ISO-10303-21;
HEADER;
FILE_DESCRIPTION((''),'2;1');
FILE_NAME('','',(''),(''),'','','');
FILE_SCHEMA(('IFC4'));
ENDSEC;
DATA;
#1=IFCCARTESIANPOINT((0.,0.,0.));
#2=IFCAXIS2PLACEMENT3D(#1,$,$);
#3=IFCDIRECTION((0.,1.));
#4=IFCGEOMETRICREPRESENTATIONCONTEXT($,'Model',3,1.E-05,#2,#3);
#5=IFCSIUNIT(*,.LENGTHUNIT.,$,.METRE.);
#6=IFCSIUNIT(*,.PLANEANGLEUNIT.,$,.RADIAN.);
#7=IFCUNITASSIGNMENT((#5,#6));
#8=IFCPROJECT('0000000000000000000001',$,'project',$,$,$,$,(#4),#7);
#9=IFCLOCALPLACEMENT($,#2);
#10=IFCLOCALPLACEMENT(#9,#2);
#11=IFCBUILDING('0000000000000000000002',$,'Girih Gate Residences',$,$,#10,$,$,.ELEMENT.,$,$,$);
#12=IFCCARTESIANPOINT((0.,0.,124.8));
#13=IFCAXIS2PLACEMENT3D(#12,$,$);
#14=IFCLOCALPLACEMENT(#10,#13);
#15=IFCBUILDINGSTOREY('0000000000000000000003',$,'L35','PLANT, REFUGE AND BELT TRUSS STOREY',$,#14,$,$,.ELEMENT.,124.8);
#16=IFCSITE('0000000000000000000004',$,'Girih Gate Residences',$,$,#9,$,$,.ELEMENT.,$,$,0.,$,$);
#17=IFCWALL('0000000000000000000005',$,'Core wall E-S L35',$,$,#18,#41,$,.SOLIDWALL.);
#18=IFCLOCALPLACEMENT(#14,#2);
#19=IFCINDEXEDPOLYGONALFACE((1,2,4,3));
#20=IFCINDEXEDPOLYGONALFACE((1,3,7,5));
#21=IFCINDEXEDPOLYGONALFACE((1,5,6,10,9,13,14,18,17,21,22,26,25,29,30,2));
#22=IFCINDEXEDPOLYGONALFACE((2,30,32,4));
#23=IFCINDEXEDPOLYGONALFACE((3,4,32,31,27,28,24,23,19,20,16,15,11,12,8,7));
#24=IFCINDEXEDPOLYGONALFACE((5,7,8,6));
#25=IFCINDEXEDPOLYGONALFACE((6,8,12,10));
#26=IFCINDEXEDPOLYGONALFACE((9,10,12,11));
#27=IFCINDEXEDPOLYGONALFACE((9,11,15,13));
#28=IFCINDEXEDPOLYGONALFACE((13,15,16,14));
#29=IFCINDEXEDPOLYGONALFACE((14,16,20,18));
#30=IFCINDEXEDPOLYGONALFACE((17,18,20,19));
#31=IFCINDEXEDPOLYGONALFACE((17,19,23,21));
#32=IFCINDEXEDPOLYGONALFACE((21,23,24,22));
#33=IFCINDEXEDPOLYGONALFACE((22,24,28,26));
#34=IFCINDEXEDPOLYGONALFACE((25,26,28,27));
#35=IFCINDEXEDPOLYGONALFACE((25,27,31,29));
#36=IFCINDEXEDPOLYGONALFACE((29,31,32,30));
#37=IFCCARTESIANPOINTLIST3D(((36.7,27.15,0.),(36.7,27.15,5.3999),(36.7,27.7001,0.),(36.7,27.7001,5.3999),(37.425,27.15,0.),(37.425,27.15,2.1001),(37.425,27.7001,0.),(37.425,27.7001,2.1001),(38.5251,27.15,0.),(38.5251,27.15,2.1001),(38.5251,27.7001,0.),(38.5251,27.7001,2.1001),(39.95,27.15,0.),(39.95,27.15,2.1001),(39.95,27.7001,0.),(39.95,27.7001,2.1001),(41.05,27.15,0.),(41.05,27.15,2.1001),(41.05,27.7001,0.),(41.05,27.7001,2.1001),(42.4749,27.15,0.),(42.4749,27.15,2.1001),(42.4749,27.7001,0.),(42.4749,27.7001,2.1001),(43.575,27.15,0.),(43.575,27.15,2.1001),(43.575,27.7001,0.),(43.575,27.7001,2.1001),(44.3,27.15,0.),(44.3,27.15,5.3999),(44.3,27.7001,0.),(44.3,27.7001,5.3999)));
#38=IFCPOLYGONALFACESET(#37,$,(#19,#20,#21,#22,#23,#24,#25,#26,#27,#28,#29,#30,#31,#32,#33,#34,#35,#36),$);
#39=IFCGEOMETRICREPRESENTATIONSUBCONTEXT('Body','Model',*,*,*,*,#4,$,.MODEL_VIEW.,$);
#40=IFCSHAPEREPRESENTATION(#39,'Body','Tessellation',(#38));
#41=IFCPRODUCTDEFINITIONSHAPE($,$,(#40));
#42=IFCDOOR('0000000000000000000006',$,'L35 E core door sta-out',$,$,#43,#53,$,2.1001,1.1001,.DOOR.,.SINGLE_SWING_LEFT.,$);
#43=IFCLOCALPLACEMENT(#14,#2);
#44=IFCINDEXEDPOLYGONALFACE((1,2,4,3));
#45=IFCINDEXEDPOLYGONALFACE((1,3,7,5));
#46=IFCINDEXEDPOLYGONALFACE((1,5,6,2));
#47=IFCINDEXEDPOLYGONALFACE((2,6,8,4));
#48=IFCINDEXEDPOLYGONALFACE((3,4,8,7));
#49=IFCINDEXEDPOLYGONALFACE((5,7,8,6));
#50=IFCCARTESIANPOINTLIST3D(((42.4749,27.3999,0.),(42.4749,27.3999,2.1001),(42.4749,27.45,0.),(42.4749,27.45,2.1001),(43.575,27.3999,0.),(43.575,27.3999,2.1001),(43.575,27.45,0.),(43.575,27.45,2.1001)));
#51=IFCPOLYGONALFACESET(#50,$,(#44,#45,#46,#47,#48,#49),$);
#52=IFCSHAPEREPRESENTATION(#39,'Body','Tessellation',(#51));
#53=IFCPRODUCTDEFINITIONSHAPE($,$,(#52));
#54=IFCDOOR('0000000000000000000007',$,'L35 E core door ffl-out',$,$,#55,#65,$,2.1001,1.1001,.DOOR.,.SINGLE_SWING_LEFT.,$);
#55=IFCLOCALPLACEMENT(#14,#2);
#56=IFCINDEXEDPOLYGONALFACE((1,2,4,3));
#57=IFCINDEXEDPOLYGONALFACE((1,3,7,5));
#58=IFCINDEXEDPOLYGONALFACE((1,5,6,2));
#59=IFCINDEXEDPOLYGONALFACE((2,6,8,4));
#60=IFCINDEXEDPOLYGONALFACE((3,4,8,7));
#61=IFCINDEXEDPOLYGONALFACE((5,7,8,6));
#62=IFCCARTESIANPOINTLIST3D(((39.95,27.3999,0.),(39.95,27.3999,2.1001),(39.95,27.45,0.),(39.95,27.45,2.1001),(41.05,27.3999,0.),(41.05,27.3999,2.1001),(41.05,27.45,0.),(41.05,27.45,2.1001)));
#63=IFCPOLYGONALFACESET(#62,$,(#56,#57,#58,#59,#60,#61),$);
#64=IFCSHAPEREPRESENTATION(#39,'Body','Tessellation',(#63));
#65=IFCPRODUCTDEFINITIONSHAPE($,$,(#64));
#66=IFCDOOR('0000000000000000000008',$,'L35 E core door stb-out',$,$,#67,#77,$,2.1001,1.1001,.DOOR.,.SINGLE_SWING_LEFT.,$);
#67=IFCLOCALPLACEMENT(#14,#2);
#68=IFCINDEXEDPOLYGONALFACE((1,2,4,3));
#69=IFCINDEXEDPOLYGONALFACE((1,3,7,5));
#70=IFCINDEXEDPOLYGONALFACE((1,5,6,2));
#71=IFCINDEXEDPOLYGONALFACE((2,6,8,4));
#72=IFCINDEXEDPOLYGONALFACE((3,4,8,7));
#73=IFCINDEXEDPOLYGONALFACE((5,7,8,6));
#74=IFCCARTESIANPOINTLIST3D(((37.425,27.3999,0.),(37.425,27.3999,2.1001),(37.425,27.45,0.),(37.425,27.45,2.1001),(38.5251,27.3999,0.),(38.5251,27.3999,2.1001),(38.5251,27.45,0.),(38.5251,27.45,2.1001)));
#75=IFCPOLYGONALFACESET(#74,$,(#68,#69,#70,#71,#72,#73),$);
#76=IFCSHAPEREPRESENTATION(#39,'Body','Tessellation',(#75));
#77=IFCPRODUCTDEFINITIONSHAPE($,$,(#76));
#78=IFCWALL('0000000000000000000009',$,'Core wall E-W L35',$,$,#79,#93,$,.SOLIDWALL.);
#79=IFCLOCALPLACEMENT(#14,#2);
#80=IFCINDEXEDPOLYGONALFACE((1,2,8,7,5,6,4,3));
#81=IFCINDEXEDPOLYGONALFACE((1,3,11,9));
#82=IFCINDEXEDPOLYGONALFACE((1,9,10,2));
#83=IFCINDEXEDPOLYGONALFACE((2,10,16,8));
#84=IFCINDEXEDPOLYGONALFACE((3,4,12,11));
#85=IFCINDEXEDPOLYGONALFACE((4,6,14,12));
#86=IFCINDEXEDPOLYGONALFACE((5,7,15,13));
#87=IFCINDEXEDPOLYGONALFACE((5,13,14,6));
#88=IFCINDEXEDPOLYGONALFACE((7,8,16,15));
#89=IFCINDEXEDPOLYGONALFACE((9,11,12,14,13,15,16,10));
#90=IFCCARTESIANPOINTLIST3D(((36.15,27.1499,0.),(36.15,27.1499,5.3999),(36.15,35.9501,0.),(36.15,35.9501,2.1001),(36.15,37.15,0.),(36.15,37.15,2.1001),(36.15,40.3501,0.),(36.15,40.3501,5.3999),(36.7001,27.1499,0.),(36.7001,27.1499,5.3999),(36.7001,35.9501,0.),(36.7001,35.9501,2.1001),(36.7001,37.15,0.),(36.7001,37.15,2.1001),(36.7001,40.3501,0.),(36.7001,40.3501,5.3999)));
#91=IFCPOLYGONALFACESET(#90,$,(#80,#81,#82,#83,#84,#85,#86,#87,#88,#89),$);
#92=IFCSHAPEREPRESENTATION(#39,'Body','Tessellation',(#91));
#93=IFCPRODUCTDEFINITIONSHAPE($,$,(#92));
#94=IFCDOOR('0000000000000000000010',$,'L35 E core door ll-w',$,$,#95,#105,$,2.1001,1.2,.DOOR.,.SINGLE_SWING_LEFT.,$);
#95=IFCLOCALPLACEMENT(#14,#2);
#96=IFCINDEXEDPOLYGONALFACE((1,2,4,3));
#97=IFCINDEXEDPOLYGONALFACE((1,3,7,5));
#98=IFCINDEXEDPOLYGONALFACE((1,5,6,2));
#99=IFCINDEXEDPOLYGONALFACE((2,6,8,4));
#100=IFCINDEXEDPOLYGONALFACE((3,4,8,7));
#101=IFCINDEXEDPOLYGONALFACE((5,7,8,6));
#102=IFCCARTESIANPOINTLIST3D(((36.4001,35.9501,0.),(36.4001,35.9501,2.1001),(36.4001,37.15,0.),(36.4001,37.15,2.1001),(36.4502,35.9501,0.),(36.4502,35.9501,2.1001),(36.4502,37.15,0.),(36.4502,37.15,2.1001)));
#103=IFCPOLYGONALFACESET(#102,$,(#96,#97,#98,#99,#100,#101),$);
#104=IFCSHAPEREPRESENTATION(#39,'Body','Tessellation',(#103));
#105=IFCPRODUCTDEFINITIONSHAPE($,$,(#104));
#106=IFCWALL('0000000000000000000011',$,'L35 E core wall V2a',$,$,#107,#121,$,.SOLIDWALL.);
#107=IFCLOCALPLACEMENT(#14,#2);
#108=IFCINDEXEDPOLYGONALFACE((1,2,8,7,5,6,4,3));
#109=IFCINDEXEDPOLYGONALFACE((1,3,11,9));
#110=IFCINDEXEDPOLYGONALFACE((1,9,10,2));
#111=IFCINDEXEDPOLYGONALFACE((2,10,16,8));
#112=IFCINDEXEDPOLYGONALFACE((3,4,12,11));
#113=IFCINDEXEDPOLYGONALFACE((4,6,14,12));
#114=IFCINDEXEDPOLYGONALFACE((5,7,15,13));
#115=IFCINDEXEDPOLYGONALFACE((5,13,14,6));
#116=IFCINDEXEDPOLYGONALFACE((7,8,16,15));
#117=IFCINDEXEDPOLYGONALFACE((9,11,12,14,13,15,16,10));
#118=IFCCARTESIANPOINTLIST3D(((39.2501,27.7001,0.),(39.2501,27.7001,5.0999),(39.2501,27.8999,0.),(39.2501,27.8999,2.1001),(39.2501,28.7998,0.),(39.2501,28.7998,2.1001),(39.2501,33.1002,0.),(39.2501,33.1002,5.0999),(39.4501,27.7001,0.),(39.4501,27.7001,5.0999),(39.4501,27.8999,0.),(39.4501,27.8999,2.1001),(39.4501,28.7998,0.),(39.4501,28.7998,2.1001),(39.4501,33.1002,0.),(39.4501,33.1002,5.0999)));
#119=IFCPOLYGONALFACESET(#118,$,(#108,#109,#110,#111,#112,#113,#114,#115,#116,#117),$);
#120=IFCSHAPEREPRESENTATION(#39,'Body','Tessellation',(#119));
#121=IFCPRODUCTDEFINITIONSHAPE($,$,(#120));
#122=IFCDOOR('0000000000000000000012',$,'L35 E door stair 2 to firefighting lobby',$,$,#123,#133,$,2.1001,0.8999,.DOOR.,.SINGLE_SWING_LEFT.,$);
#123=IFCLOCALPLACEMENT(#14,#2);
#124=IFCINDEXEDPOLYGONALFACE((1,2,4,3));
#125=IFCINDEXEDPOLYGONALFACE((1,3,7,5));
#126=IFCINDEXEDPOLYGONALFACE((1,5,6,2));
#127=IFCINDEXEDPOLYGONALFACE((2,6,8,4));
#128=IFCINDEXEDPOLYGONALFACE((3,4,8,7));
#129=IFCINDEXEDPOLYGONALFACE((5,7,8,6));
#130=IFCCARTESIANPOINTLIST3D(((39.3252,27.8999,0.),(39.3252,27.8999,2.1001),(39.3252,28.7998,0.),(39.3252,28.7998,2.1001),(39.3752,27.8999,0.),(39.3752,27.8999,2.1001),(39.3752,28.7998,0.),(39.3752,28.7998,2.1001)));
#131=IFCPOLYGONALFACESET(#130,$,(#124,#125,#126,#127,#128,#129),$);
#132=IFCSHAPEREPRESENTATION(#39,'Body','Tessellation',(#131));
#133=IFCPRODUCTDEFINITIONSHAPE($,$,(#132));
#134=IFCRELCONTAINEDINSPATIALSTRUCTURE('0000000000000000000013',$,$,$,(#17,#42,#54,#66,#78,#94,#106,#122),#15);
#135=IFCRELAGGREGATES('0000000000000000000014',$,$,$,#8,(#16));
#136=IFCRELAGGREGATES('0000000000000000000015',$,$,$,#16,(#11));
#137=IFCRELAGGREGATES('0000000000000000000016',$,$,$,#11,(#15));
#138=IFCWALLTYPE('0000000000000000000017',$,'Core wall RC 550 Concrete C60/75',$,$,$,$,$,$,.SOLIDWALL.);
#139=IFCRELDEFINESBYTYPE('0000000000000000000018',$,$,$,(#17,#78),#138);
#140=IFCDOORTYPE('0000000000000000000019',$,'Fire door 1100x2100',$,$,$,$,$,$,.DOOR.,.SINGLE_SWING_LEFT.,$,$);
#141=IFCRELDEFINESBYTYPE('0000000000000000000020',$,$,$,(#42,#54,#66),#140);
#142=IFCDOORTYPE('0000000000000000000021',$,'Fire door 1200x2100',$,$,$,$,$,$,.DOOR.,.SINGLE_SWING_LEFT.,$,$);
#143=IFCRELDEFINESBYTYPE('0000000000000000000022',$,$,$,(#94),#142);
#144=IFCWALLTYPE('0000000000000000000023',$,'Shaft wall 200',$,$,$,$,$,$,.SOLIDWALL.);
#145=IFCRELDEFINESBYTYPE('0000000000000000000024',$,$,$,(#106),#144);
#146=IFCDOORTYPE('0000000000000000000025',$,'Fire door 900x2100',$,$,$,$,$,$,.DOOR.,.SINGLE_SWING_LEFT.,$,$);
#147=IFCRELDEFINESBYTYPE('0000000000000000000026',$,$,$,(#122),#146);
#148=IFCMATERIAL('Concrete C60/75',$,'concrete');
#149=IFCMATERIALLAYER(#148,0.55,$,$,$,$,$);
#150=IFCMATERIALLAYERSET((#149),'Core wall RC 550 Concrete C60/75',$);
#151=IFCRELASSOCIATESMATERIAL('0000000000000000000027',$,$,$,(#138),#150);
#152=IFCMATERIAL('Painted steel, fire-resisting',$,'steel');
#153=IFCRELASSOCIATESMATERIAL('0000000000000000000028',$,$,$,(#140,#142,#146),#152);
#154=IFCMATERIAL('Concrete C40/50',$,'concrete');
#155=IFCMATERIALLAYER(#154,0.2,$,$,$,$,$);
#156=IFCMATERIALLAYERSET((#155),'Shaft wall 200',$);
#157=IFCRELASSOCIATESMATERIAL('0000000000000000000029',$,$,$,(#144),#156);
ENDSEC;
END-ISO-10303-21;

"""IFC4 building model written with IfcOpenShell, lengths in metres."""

from ifc_helpers import new_model, si_unit, direction, frame, frame_2d, origin, place, context, subcontext, project, spatial, rectangle, extrude, material, layer, layer_set, type_object, element, fill, save


model = new_model("IFC4")

# Units and contexts
model_context = context("Model", 3, precision=1e-05, world=origin(), true_north=direction((0.0, 1.0)))
body_context = subcontext(model_context, "Body", "Model", "MODEL_VIEW")
ifc_project = project(units=[si_unit("LENGTHUNIT", "METRE"), si_unit("PLANEANGLEUNIT", "RADIAN")], contexts=[model_context])

# Site, building, storey
site_placement = place(None, origin())
site = spatial("IfcSite", under=ifc_project, at=site_placement, Name="Girih Gate Residences", CompositionType="ELEMENT", RefElevation=0.0)
building_placement = place(site_placement, origin())
building = spatial("IfcBuilding", under=site, at=building_placement, Name="Girih Gate Residences", CompositionType="ELEMENT")
storey_placement = place(building_placement, frame((0.0, 0.0, 124.8)))
storey = spatial("IfcBuildingStorey", under=building, at=storey_placement, Name="L35", Description="PLANT, REFUGE AND BELT TRUSS STOREY", CompositionType="ELEMENT", Elevation=124.8)

# Shared definitions
ifc_material_1 = material(Name="Concrete C60/75", Category="concrete")

# Shared definitions
ifc_material_2 = material(Name="Painted steel, fire-resisting", Category="steel")

# Wall, openings, doors
ifc_layer_1 = layer(ifc_material_1, 0.55)
ifc_layer_set_1 = layer_set([ifc_layer_1], Name="Core wall RC 550 Concrete C60/75")
wall_type_1 = type_object("IfcWallType", Name="Core wall RC 550 Concrete C60/75", PredefinedType="SOLIDWALL", material=ifc_layer_set_1)
wall_1_placement = place(storey_placement, frame((36.7, 27.425, 0.0), z_axis=(0.0, 0.0, 1.0), x_axis=(1.0, 0.0, 0.0)))
wall_1 = element("IfcWall", 1, at=wall_1_placement, inside=storey, type_object=wall_type_1, Name="Core wall E-S L35", PredefinedType="SOLIDWALL", context=body_context, shape_type="SweptSolid", body=[
    extrude(rectangle(XDim=7.6001, YDim=0.55, at=frame_2d((3.8, 0.0))), origin(), (0.0, 0.0, 1.0), 5.3999),
])
opening_1_placement = place(wall_1_placement, frame((5.7749, 0.0, 0.0)))
opening_1 = element("IfcOpeningElement", 2, at=opening_1_placement, cuts=wall_1, PredefinedType="OPENING", context=body_context, shape_type="SweptSolid", body=[
    extrude(rectangle(XDim=1.1001, YDim=2.1001, at=frame_2d((0.55, 1.05))), frame((0.0, 0.2849, 0.0), z_axis=(0.0, -1.0, 0.0), x_axis=(1.0, 0.0, 0.0)), (0.0, 0.0, 1.0), 0.5701),
])
opening_2_placement = place(wall_1_placement, frame((3.25, 0.0, 0.0)))
opening_2 = element("IfcOpeningElement", 3, at=opening_2_placement, cuts=wall_1, PredefinedType="OPENING", context=body_context, shape_type="SweptSolid", body=[
    extrude(rectangle(XDim=1.1001, YDim=2.1001, at=frame_2d((0.55, 1.05))), frame((0.0, 0.2849, 0.0), z_axis=(0.0, -1.0, 0.0), x_axis=(1.0, 0.0, 0.0)), (0.0, 0.0, 1.0), 0.5701),
])
opening_3_placement = place(wall_1_placement, frame((0.7251, 0.0, 0.0)))
opening_3 = element("IfcOpeningElement", 4, at=opening_3_placement, cuts=wall_1, PredefinedType="OPENING", context=body_context, shape_type="SweptSolid", body=[
    extrude(rectangle(XDim=1.1001, YDim=2.1001, at=frame_2d((0.55, 1.05))), frame((0.0, 0.2849, 0.0), z_axis=(0.0, -1.0, 0.0), x_axis=(1.0, 0.0, 0.0)), (0.0, 0.0, 1.0), 0.5701),
])
door_type_1 = type_object("IfcDoorType", Name="Fire door 1100x2100", OperationType="SINGLE_SWING_LEFT", PredefinedType="DOOR", material=ifc_material_2)
door_1_placement = place(opening_1_placement, origin())
door_1 = element("IfcDoor", 5, at=door_1_placement, inside=storey, type_object=door_type_1, Name="L35 E core door sta-out", OperationType="SINGLE_SWING_LEFT", OverallHeight=2.1001, OverallWidth=1.1001, PredefinedType="DOOR", context=body_context, shape_type="SweptSolid", body=[
    extrude(rectangle(XDim=1.1001, YDim=2.1001, at=frame_2d((0.55, 1.05))), frame((0.0, 0.0249, 0.0), z_axis=(0.0, -1.0, 0.0), x_axis=(1.0, 0.0, 0.0)), (0.0, 0.0, 1.0), 0.05),
])
fill(opening_1, door_1)
door_2_placement = place(opening_2_placement, origin())
door_2 = element("IfcDoor", 6, at=door_2_placement, inside=storey, type_object=door_type_1, Name="L35 E core door ffl-out", OperationType="SINGLE_SWING_LEFT", OverallHeight=2.1001, OverallWidth=1.1001, PredefinedType="DOOR", context=body_context, shape_type="SweptSolid", body=[
    extrude(rectangle(XDim=1.1001, YDim=2.1001, at=frame_2d((0.55, 1.05))), frame((0.0, 0.0249, 0.0), z_axis=(0.0, -1.0, 0.0), x_axis=(1.0, 0.0, 0.0)), (0.0, 0.0, 1.0), 0.05),
])
fill(opening_2, door_2)
door_3_placement = place(opening_3_placement, origin())
door_3 = element("IfcDoor", 7, at=door_3_placement, inside=storey, type_object=door_type_1, Name="L35 E core door stb-out", OperationType="SINGLE_SWING_LEFT", OverallHeight=2.1001, OverallWidth=1.1001, PredefinedType="DOOR", context=body_context, shape_type="SweptSolid", body=[
    extrude(rectangle(XDim=1.1001, YDim=2.1001, at=frame_2d((0.55, 1.05))), frame((0.0, 0.0249, 0.0), z_axis=(0.0, -1.0, 0.0), x_axis=(1.0, 0.0, 0.0)), (0.0, 0.0, 1.0), 0.05),
])
fill(opening_3, door_3)

# Walls, openings, doors
wall_2_placement = place(storey_placement, frame((36.425, 27.1499, 0.0), z_axis=(0.0, 0.0, 1.0), x_axis=(0.0, 1.0, 0.0)))
wall_2 = element("IfcWall", 8, at=wall_2_placement, inside=storey, type_object=wall_type_1, Name="Core wall E-W L35", PredefinedType="SOLIDWALL", context=body_context, shape_type="SweptSolid", body=[
    extrude(rectangle(XDim=13.2002, YDim=0.55, at=frame_2d((6.6001, 0.0))), origin(), (0.0, 0.0, 1.0), 5.3999),
])
opening_4_placement = place(wall_2_placement, frame((8.8, 0.0, 0.0)))
opening_4 = element("IfcOpeningElement", 9, at=opening_4_placement, cuts=wall_2, PredefinedType="OPENING", context=body_context, shape_type="SweptSolid", body=[
    extrude(rectangle(XDim=1.2, YDim=2.1001, at=frame_2d((0.6001, 1.05))), frame((0.0, 0.2849, 0.0), z_axis=(0.0, -1.0, 0.0), x_axis=(1.0, 0.0, 0.0)), (0.0, 0.0, 1.0), 0.5701),
])
door_type_2 = type_object("IfcDoorType", Name="Fire door 1200x2100", OperationType="SINGLE_SWING_LEFT", PredefinedType="DOOR", material=ifc_material_2)
door_4_placement = place(opening_4_placement, origin())
door_4 = element("IfcDoor", 10, at=door_4_placement, inside=storey, type_object=door_type_2, Name="L35 E core door ll-w", OperationType="SINGLE_SWING_LEFT", OverallHeight=2.1001, OverallWidth=1.2, PredefinedType="DOOR", context=body_context, shape_type="SweptSolid", body=[
    extrude(rectangle(XDim=1.2, YDim=2.1001, at=frame_2d((0.6001, 1.05))), frame((0.0, 0.0249, 0.0), z_axis=(0.0, -1.0, 0.0), x_axis=(1.0, 0.0, 0.0)), (0.0, 0.0, 1.0), 0.05),
])
fill(opening_4, door_4)
ifc_material_3 = material(Name="Concrete C40/50", Category="concrete")
ifc_layer_2 = layer(ifc_material_3, 0.2)
ifc_layer_set_2 = layer_set([ifc_layer_2], Name="Shaft wall 200")
wall_type_2 = type_object("IfcWallType", Name="Shaft wall 200", PredefinedType="SOLIDWALL", material=ifc_layer_set_2)
wall_3_placement = place(storey_placement, frame((39.3501, 27.7, 0.0), z_axis=(0.0, 0.0, 1.0), x_axis=(0.0, 1.0, 0.0)))
wall_3 = element("IfcWall", 11, at=wall_3_placement, inside=storey, type_object=wall_type_2, Name="L35 E core wall V2a", PredefinedType="SOLIDWALL", context=body_context, shape_type="SweptSolid", body=[
    extrude(rectangle(XDim=5.4001, YDim=0.2, at=frame_2d((2.7002, 0.0))), origin(), (0.0, 0.0, 1.0), 5.0999),
])
opening_5_placement = place(wall_3_placement, frame((0.2, 0.0, 0.0)))
opening_5 = element("IfcOpeningElement", 12, at=opening_5_placement, cuts=wall_3, PredefinedType="OPENING", context=body_context, shape_type="SweptSolid", body=[
    extrude(rectangle(XDim=0.8999, YDim=2.1001, at=frame_2d((0.45, 1.05))), frame((0.0, 0.1099, 0.0), z_axis=(0.0, -1.0, 0.0), x_axis=(1.0, 0.0, 0.0)), (0.0, 0.0, 1.0), 0.22),
])
door_type_3 = type_object("IfcDoorType", Name="Fire door 900x2100", OperationType="SINGLE_SWING_LEFT", PredefinedType="DOOR", material=ifc_material_2)
door_5_placement = place(opening_5_placement, origin())
door_5 = element("IfcDoor", 13, at=door_5_placement, inside=storey, type_object=door_type_3, Name="L35 E door stair 2 to firefighting lobby", OperationType="SINGLE_SWING_LEFT", OverallHeight=2.1001, OverallWidth=0.8999, PredefinedType="DOOR", context=body_context, shape_type="SweptSolid", body=[
    extrude(rectangle(XDim=0.8999, YDim=2.1001, at=frame_2d((0.45, 1.05))), frame((0.0, 0.0249, 0.0), z_axis=(0.0, -1.0, 0.0), x_axis=(1.0, 0.0, 0.0)), (0.0, 0.0, 1.0), 0.05),
])
fill(opening_5, door_5)

save(model, "model.ifc")
